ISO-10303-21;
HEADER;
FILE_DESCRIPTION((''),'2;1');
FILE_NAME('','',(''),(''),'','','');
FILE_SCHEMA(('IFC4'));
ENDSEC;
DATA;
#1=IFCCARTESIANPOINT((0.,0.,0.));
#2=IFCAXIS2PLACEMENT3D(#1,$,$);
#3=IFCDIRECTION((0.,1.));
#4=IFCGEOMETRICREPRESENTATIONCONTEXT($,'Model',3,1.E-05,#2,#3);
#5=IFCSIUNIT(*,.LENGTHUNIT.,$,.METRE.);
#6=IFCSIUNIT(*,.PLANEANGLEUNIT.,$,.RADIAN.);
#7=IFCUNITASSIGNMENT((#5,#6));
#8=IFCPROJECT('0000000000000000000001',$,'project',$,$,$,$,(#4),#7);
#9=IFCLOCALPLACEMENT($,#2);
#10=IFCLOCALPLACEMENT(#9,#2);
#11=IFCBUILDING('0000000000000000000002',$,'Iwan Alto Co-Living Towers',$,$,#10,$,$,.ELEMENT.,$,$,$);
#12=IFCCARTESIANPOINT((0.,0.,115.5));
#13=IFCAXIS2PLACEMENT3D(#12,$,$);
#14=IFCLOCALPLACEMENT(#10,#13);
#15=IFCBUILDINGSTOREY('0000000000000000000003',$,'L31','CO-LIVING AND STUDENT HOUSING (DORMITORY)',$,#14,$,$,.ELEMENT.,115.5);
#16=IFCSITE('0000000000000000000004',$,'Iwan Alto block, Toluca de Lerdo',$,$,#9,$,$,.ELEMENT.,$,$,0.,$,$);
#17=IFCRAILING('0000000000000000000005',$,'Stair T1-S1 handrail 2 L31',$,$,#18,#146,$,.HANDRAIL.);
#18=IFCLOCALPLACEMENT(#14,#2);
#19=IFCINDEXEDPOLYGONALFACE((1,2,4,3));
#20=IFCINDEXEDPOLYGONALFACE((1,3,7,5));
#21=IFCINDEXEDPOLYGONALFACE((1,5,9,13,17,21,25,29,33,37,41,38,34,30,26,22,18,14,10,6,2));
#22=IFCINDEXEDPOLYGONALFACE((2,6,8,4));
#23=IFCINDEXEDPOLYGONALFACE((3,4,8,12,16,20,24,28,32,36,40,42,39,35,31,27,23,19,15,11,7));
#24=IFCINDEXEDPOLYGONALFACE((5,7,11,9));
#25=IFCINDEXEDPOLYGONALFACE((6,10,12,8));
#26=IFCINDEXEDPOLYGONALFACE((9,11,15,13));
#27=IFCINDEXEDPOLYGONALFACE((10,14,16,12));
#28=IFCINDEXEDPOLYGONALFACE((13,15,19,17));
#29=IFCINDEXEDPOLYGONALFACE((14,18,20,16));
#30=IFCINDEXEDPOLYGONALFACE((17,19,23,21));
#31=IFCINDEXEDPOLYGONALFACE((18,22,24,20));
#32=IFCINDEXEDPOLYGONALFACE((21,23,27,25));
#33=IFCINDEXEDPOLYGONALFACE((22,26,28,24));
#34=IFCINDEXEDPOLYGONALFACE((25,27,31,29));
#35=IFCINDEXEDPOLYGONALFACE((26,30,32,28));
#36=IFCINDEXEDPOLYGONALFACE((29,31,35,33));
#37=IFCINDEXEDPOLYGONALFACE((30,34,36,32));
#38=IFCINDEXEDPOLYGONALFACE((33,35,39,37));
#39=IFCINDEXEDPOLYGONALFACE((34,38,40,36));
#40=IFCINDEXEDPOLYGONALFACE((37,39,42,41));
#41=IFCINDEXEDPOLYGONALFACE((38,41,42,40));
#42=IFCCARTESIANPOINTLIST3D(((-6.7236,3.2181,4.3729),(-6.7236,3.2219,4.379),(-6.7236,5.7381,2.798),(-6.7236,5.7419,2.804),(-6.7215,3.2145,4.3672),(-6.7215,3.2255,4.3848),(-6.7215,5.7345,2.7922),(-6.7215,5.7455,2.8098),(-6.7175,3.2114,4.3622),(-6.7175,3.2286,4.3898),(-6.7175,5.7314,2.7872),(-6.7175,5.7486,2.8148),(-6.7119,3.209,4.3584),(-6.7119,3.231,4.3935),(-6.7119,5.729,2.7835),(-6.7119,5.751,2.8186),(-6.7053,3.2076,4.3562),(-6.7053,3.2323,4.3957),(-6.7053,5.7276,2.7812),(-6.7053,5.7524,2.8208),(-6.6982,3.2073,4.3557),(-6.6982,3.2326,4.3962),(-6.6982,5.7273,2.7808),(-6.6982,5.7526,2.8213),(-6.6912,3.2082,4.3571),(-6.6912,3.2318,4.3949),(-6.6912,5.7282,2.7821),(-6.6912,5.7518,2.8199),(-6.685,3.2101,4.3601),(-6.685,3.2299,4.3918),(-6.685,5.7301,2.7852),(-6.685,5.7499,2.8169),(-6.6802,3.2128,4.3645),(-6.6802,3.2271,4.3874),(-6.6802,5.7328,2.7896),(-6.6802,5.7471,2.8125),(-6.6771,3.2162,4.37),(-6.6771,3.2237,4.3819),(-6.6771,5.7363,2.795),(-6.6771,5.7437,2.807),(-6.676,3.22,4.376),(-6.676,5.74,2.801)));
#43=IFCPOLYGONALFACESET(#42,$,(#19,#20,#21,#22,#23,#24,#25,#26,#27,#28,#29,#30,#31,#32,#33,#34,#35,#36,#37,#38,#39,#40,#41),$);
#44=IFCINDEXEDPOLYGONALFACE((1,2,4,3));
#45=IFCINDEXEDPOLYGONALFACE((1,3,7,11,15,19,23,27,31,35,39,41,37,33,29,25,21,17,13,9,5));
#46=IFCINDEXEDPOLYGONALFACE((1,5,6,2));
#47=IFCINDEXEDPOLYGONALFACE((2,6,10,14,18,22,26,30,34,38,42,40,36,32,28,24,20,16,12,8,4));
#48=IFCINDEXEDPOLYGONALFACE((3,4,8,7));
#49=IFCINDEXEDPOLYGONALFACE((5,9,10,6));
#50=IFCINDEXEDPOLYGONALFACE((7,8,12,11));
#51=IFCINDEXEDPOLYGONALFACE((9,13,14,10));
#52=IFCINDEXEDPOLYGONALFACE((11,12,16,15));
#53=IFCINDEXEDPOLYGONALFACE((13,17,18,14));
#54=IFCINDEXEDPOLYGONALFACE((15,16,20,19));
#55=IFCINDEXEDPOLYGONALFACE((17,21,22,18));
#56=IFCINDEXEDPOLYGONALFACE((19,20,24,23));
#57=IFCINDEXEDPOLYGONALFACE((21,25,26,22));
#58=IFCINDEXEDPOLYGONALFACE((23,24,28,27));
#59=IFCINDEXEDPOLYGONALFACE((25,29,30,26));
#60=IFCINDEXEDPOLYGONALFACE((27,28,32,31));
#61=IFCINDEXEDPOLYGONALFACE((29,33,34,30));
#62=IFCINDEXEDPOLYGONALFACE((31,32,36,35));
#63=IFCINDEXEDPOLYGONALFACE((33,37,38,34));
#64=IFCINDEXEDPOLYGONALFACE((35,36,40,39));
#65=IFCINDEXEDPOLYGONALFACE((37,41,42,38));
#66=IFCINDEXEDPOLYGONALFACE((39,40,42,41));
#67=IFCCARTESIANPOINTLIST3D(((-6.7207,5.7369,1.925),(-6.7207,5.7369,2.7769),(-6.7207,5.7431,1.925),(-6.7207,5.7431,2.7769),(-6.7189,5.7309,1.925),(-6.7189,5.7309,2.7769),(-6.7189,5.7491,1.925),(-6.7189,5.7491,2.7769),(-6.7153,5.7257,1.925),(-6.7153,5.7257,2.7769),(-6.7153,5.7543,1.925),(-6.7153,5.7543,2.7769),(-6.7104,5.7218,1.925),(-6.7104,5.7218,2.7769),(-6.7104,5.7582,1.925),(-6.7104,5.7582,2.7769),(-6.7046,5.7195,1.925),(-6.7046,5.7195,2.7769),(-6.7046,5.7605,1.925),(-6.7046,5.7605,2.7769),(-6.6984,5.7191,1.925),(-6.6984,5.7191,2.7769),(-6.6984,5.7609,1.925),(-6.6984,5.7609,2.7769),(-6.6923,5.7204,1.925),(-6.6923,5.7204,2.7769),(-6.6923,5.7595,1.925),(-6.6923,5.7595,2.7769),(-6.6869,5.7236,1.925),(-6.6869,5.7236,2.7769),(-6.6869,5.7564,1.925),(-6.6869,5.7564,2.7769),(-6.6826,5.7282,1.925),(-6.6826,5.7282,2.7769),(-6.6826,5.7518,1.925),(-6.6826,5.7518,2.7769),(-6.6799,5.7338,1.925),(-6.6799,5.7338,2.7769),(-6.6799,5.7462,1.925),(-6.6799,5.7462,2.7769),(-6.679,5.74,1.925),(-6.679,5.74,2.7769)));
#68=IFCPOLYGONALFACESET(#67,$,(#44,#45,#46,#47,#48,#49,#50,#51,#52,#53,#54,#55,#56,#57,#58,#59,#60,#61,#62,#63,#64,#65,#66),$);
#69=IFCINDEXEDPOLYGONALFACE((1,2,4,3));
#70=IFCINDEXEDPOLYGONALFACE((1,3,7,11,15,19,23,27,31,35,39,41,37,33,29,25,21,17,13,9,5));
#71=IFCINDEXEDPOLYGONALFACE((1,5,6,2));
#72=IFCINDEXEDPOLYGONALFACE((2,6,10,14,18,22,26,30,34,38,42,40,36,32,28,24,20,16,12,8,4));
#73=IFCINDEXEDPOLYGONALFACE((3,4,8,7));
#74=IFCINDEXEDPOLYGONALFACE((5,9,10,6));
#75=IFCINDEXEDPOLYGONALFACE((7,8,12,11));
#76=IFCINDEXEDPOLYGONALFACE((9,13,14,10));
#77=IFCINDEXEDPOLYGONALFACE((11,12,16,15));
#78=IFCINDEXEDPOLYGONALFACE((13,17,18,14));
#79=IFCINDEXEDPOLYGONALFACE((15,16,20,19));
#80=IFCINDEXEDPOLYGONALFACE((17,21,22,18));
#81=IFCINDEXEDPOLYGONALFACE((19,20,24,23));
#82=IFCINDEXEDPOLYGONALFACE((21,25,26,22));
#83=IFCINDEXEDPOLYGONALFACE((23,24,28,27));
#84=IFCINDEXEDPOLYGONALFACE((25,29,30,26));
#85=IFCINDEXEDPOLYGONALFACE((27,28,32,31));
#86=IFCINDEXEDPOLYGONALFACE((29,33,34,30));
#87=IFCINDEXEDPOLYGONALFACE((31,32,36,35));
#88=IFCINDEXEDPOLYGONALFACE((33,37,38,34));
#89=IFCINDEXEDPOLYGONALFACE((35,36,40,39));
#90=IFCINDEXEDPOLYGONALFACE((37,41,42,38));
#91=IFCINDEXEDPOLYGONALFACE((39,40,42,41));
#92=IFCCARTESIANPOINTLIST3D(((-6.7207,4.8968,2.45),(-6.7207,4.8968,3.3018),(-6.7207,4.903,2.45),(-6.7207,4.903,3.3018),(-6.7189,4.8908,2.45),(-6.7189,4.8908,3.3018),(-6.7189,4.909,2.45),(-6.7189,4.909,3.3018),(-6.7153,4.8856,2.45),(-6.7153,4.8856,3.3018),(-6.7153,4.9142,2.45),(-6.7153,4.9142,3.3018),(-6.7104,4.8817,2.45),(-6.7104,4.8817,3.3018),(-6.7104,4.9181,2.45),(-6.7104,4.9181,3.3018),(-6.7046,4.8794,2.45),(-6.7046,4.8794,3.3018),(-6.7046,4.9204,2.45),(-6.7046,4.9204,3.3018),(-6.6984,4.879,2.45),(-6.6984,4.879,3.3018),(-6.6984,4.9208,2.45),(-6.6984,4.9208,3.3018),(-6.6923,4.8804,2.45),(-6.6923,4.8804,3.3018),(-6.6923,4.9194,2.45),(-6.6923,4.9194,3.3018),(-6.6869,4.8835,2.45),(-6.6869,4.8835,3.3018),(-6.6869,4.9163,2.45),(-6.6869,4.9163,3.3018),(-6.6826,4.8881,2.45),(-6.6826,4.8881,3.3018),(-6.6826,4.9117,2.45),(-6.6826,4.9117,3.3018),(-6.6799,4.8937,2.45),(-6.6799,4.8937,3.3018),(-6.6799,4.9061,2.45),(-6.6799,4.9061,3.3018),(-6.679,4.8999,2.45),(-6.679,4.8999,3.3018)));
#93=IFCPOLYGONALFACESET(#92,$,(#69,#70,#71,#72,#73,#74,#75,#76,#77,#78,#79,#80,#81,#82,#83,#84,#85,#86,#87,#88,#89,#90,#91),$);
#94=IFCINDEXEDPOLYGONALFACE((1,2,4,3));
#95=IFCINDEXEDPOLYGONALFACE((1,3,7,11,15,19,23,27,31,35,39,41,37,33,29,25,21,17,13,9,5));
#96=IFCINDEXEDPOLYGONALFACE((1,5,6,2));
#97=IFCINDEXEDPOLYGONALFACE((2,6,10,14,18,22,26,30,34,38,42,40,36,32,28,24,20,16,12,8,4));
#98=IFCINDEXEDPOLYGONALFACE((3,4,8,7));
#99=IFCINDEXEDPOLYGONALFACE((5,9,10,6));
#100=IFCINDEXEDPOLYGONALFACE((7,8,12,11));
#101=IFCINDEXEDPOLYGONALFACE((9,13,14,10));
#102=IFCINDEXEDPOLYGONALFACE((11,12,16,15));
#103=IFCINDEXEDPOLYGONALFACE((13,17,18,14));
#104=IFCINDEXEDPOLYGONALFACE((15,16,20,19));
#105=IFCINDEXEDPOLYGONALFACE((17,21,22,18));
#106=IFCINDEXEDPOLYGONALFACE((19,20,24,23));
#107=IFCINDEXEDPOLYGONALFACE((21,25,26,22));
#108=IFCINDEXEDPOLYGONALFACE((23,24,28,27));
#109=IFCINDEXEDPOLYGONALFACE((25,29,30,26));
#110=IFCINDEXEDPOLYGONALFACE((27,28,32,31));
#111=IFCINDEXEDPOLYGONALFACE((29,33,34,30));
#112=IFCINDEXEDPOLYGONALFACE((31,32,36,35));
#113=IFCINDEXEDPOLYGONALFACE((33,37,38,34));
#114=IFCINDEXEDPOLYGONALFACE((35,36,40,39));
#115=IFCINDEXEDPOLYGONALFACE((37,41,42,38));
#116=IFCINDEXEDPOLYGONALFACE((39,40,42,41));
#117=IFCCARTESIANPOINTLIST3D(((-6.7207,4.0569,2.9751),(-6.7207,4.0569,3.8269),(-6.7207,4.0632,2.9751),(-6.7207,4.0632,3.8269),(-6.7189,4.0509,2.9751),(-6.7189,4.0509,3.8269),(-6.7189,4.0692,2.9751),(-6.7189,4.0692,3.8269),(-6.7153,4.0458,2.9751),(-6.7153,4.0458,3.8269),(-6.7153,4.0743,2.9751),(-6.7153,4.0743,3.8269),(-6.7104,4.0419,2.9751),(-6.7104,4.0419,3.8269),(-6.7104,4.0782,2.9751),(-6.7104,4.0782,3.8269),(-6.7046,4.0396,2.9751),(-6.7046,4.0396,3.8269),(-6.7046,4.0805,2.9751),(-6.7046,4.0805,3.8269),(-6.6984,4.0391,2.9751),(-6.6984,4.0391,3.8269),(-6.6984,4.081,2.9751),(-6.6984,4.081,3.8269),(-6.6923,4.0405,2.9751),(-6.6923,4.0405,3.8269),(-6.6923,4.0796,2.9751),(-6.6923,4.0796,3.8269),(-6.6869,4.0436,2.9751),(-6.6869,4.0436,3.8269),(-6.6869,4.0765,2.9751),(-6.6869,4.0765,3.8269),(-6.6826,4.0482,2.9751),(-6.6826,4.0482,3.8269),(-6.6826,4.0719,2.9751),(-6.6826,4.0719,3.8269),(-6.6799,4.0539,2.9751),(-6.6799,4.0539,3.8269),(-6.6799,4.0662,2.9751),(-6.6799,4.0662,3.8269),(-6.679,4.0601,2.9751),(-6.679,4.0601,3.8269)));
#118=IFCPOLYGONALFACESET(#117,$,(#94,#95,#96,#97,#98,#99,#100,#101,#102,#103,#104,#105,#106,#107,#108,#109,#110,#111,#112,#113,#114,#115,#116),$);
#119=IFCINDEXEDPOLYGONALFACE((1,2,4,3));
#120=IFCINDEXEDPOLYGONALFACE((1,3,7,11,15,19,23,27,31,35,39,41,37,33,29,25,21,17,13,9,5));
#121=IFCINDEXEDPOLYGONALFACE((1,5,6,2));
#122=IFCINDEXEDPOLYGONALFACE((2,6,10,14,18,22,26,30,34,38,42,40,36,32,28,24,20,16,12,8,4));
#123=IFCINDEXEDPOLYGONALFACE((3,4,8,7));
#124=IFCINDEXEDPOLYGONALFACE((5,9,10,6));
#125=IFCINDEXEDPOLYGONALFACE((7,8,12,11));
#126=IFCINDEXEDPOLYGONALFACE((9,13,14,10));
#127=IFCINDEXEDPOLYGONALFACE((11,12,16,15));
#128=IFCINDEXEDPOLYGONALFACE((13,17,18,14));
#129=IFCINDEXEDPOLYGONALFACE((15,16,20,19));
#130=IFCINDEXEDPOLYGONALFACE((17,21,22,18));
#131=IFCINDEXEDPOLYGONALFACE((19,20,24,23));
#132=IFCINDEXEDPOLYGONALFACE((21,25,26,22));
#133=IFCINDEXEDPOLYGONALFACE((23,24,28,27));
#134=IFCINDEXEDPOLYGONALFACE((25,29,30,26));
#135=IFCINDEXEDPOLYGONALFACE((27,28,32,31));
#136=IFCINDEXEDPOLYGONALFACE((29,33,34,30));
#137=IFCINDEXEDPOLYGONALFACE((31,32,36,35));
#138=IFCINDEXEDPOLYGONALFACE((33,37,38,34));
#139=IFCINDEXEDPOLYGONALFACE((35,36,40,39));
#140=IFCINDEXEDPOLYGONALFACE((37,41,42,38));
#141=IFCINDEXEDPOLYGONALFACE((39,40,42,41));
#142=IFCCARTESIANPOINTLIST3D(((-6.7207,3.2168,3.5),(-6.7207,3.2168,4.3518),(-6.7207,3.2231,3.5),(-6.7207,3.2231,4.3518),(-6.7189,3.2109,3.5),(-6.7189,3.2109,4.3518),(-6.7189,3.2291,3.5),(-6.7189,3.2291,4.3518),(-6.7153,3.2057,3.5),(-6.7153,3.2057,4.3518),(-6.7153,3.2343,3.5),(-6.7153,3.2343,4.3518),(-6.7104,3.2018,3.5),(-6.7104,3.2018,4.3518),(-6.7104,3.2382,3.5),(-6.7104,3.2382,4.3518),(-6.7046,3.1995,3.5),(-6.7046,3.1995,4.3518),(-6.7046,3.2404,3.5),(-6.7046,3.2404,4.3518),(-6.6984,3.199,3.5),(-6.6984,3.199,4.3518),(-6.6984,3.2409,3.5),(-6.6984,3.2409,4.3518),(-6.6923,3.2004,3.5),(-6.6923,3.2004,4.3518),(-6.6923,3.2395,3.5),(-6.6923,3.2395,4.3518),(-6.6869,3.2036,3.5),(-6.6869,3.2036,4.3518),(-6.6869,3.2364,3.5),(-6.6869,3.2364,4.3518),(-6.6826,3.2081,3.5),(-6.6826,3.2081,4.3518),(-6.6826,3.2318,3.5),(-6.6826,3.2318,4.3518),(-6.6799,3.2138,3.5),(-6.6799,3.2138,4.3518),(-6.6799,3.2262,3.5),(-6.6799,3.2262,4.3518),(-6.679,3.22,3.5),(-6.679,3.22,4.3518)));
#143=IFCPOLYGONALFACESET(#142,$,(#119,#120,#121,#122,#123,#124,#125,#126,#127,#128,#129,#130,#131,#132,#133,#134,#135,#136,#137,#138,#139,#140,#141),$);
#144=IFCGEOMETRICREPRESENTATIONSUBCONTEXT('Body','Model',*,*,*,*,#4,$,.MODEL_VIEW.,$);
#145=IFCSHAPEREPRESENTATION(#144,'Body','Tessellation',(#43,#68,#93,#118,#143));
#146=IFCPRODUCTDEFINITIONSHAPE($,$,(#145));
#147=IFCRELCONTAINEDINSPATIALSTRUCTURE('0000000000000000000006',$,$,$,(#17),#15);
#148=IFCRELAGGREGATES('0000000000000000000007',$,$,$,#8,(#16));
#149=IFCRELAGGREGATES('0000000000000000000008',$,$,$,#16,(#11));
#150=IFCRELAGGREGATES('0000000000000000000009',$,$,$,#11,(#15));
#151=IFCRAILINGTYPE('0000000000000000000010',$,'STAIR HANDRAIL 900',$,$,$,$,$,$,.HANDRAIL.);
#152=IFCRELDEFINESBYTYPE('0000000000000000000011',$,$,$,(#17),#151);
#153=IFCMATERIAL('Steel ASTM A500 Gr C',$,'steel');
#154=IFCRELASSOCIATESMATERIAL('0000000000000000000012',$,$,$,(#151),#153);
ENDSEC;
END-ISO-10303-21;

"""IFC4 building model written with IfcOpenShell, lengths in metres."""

from ifc_helpers import new_model, si_unit, direction, frame, origin, origin_2d, place, context, subcontext, project, spatial, circle, extrude, material, type_object, element, save


model = new_model("IFC4")

# Units and contexts
model_context = context("Model", 3, precision=1e-05, world=origin(), true_north=direction((0.0, 1.0)))
body_context = subcontext(model_context, "Body", "Model", "MODEL_VIEW")
ifc_project = project(units=[si_unit("LENGTHUNIT", "METRE"), si_unit("PLANEANGLEUNIT", "RADIAN")], contexts=[model_context])

# Site, building, storey
site_placement = place(None, origin())
site = spatial("IfcSite", under=ifc_project, at=site_placement, Name="Iwan Alto block, Toluca de Lerdo", CompositionType="ELEMENT", RefElevation=0.0)
building_placement = place(site_placement, origin())
building = spatial("IfcBuilding", under=site, at=building_placement, Name="Iwan Alto Co-Living Towers", CompositionType="ELEMENT")
storey_placement = place(building_placement, frame((0.0, 0.0, 115.5)))
storey = spatial("IfcBuildingStorey", under=building, at=storey_placement, Name="L31", Description="CO-LIVING AND STUDENT HOUSING (DORMITORY)", CompositionType="ELEMENT", Elevation=115.5)

# Railing
ifc_material_1 = material(Name="Steel ASTM A500 Gr C", Category="steel")
railing_type_1 = type_object("IfcRailingType", Name="STAIR HANDRAIL 900", PredefinedType="HANDRAIL", material=ifc_material_1)
railing_1_placement = place(storey_placement, frame((-6.7, 5.74, 1.925)))
element("IfcRailing", 1, at=railing_1_placement, inside=storey, type_object=railing_type_1, Name="Stair T1-S1 handrail 2 L31", PredefinedType="HANDRAIL", context=body_context, shape_type="SweptSolid", body=[
    extrude(circle(Radius=0.0239, at=origin_2d()), frame((0.0, 0.0, 0.876), z_axis=(0.0, -0.848008, 0.529984), x_axis=(1.0, 0.0, 0.0)), (0.0, 0.0, 1.0), 2.9717),
    extrude(circle(Radius=0.021, at=origin_2d()), origin(), (0.0, 0.0, 1.0), 0.8518),
    extrude(circle(Radius=0.021, at=origin_2d()), frame((0.0, -0.8401, 0.5249)), (0.0, 0.0, 1.0), 0.8518),
    extrude(circle(Radius=0.021, at=origin_2d()), frame((0.0, -1.6799, 1.05)), (0.0, 0.0, 1.0), 0.8518),
    extrude(circle(Radius=0.021, at=origin_2d()), frame((0.0, -2.52, 1.575)), (0.0, 0.0, 1.0), 0.8518),
])

save(model, "model.ifc")
